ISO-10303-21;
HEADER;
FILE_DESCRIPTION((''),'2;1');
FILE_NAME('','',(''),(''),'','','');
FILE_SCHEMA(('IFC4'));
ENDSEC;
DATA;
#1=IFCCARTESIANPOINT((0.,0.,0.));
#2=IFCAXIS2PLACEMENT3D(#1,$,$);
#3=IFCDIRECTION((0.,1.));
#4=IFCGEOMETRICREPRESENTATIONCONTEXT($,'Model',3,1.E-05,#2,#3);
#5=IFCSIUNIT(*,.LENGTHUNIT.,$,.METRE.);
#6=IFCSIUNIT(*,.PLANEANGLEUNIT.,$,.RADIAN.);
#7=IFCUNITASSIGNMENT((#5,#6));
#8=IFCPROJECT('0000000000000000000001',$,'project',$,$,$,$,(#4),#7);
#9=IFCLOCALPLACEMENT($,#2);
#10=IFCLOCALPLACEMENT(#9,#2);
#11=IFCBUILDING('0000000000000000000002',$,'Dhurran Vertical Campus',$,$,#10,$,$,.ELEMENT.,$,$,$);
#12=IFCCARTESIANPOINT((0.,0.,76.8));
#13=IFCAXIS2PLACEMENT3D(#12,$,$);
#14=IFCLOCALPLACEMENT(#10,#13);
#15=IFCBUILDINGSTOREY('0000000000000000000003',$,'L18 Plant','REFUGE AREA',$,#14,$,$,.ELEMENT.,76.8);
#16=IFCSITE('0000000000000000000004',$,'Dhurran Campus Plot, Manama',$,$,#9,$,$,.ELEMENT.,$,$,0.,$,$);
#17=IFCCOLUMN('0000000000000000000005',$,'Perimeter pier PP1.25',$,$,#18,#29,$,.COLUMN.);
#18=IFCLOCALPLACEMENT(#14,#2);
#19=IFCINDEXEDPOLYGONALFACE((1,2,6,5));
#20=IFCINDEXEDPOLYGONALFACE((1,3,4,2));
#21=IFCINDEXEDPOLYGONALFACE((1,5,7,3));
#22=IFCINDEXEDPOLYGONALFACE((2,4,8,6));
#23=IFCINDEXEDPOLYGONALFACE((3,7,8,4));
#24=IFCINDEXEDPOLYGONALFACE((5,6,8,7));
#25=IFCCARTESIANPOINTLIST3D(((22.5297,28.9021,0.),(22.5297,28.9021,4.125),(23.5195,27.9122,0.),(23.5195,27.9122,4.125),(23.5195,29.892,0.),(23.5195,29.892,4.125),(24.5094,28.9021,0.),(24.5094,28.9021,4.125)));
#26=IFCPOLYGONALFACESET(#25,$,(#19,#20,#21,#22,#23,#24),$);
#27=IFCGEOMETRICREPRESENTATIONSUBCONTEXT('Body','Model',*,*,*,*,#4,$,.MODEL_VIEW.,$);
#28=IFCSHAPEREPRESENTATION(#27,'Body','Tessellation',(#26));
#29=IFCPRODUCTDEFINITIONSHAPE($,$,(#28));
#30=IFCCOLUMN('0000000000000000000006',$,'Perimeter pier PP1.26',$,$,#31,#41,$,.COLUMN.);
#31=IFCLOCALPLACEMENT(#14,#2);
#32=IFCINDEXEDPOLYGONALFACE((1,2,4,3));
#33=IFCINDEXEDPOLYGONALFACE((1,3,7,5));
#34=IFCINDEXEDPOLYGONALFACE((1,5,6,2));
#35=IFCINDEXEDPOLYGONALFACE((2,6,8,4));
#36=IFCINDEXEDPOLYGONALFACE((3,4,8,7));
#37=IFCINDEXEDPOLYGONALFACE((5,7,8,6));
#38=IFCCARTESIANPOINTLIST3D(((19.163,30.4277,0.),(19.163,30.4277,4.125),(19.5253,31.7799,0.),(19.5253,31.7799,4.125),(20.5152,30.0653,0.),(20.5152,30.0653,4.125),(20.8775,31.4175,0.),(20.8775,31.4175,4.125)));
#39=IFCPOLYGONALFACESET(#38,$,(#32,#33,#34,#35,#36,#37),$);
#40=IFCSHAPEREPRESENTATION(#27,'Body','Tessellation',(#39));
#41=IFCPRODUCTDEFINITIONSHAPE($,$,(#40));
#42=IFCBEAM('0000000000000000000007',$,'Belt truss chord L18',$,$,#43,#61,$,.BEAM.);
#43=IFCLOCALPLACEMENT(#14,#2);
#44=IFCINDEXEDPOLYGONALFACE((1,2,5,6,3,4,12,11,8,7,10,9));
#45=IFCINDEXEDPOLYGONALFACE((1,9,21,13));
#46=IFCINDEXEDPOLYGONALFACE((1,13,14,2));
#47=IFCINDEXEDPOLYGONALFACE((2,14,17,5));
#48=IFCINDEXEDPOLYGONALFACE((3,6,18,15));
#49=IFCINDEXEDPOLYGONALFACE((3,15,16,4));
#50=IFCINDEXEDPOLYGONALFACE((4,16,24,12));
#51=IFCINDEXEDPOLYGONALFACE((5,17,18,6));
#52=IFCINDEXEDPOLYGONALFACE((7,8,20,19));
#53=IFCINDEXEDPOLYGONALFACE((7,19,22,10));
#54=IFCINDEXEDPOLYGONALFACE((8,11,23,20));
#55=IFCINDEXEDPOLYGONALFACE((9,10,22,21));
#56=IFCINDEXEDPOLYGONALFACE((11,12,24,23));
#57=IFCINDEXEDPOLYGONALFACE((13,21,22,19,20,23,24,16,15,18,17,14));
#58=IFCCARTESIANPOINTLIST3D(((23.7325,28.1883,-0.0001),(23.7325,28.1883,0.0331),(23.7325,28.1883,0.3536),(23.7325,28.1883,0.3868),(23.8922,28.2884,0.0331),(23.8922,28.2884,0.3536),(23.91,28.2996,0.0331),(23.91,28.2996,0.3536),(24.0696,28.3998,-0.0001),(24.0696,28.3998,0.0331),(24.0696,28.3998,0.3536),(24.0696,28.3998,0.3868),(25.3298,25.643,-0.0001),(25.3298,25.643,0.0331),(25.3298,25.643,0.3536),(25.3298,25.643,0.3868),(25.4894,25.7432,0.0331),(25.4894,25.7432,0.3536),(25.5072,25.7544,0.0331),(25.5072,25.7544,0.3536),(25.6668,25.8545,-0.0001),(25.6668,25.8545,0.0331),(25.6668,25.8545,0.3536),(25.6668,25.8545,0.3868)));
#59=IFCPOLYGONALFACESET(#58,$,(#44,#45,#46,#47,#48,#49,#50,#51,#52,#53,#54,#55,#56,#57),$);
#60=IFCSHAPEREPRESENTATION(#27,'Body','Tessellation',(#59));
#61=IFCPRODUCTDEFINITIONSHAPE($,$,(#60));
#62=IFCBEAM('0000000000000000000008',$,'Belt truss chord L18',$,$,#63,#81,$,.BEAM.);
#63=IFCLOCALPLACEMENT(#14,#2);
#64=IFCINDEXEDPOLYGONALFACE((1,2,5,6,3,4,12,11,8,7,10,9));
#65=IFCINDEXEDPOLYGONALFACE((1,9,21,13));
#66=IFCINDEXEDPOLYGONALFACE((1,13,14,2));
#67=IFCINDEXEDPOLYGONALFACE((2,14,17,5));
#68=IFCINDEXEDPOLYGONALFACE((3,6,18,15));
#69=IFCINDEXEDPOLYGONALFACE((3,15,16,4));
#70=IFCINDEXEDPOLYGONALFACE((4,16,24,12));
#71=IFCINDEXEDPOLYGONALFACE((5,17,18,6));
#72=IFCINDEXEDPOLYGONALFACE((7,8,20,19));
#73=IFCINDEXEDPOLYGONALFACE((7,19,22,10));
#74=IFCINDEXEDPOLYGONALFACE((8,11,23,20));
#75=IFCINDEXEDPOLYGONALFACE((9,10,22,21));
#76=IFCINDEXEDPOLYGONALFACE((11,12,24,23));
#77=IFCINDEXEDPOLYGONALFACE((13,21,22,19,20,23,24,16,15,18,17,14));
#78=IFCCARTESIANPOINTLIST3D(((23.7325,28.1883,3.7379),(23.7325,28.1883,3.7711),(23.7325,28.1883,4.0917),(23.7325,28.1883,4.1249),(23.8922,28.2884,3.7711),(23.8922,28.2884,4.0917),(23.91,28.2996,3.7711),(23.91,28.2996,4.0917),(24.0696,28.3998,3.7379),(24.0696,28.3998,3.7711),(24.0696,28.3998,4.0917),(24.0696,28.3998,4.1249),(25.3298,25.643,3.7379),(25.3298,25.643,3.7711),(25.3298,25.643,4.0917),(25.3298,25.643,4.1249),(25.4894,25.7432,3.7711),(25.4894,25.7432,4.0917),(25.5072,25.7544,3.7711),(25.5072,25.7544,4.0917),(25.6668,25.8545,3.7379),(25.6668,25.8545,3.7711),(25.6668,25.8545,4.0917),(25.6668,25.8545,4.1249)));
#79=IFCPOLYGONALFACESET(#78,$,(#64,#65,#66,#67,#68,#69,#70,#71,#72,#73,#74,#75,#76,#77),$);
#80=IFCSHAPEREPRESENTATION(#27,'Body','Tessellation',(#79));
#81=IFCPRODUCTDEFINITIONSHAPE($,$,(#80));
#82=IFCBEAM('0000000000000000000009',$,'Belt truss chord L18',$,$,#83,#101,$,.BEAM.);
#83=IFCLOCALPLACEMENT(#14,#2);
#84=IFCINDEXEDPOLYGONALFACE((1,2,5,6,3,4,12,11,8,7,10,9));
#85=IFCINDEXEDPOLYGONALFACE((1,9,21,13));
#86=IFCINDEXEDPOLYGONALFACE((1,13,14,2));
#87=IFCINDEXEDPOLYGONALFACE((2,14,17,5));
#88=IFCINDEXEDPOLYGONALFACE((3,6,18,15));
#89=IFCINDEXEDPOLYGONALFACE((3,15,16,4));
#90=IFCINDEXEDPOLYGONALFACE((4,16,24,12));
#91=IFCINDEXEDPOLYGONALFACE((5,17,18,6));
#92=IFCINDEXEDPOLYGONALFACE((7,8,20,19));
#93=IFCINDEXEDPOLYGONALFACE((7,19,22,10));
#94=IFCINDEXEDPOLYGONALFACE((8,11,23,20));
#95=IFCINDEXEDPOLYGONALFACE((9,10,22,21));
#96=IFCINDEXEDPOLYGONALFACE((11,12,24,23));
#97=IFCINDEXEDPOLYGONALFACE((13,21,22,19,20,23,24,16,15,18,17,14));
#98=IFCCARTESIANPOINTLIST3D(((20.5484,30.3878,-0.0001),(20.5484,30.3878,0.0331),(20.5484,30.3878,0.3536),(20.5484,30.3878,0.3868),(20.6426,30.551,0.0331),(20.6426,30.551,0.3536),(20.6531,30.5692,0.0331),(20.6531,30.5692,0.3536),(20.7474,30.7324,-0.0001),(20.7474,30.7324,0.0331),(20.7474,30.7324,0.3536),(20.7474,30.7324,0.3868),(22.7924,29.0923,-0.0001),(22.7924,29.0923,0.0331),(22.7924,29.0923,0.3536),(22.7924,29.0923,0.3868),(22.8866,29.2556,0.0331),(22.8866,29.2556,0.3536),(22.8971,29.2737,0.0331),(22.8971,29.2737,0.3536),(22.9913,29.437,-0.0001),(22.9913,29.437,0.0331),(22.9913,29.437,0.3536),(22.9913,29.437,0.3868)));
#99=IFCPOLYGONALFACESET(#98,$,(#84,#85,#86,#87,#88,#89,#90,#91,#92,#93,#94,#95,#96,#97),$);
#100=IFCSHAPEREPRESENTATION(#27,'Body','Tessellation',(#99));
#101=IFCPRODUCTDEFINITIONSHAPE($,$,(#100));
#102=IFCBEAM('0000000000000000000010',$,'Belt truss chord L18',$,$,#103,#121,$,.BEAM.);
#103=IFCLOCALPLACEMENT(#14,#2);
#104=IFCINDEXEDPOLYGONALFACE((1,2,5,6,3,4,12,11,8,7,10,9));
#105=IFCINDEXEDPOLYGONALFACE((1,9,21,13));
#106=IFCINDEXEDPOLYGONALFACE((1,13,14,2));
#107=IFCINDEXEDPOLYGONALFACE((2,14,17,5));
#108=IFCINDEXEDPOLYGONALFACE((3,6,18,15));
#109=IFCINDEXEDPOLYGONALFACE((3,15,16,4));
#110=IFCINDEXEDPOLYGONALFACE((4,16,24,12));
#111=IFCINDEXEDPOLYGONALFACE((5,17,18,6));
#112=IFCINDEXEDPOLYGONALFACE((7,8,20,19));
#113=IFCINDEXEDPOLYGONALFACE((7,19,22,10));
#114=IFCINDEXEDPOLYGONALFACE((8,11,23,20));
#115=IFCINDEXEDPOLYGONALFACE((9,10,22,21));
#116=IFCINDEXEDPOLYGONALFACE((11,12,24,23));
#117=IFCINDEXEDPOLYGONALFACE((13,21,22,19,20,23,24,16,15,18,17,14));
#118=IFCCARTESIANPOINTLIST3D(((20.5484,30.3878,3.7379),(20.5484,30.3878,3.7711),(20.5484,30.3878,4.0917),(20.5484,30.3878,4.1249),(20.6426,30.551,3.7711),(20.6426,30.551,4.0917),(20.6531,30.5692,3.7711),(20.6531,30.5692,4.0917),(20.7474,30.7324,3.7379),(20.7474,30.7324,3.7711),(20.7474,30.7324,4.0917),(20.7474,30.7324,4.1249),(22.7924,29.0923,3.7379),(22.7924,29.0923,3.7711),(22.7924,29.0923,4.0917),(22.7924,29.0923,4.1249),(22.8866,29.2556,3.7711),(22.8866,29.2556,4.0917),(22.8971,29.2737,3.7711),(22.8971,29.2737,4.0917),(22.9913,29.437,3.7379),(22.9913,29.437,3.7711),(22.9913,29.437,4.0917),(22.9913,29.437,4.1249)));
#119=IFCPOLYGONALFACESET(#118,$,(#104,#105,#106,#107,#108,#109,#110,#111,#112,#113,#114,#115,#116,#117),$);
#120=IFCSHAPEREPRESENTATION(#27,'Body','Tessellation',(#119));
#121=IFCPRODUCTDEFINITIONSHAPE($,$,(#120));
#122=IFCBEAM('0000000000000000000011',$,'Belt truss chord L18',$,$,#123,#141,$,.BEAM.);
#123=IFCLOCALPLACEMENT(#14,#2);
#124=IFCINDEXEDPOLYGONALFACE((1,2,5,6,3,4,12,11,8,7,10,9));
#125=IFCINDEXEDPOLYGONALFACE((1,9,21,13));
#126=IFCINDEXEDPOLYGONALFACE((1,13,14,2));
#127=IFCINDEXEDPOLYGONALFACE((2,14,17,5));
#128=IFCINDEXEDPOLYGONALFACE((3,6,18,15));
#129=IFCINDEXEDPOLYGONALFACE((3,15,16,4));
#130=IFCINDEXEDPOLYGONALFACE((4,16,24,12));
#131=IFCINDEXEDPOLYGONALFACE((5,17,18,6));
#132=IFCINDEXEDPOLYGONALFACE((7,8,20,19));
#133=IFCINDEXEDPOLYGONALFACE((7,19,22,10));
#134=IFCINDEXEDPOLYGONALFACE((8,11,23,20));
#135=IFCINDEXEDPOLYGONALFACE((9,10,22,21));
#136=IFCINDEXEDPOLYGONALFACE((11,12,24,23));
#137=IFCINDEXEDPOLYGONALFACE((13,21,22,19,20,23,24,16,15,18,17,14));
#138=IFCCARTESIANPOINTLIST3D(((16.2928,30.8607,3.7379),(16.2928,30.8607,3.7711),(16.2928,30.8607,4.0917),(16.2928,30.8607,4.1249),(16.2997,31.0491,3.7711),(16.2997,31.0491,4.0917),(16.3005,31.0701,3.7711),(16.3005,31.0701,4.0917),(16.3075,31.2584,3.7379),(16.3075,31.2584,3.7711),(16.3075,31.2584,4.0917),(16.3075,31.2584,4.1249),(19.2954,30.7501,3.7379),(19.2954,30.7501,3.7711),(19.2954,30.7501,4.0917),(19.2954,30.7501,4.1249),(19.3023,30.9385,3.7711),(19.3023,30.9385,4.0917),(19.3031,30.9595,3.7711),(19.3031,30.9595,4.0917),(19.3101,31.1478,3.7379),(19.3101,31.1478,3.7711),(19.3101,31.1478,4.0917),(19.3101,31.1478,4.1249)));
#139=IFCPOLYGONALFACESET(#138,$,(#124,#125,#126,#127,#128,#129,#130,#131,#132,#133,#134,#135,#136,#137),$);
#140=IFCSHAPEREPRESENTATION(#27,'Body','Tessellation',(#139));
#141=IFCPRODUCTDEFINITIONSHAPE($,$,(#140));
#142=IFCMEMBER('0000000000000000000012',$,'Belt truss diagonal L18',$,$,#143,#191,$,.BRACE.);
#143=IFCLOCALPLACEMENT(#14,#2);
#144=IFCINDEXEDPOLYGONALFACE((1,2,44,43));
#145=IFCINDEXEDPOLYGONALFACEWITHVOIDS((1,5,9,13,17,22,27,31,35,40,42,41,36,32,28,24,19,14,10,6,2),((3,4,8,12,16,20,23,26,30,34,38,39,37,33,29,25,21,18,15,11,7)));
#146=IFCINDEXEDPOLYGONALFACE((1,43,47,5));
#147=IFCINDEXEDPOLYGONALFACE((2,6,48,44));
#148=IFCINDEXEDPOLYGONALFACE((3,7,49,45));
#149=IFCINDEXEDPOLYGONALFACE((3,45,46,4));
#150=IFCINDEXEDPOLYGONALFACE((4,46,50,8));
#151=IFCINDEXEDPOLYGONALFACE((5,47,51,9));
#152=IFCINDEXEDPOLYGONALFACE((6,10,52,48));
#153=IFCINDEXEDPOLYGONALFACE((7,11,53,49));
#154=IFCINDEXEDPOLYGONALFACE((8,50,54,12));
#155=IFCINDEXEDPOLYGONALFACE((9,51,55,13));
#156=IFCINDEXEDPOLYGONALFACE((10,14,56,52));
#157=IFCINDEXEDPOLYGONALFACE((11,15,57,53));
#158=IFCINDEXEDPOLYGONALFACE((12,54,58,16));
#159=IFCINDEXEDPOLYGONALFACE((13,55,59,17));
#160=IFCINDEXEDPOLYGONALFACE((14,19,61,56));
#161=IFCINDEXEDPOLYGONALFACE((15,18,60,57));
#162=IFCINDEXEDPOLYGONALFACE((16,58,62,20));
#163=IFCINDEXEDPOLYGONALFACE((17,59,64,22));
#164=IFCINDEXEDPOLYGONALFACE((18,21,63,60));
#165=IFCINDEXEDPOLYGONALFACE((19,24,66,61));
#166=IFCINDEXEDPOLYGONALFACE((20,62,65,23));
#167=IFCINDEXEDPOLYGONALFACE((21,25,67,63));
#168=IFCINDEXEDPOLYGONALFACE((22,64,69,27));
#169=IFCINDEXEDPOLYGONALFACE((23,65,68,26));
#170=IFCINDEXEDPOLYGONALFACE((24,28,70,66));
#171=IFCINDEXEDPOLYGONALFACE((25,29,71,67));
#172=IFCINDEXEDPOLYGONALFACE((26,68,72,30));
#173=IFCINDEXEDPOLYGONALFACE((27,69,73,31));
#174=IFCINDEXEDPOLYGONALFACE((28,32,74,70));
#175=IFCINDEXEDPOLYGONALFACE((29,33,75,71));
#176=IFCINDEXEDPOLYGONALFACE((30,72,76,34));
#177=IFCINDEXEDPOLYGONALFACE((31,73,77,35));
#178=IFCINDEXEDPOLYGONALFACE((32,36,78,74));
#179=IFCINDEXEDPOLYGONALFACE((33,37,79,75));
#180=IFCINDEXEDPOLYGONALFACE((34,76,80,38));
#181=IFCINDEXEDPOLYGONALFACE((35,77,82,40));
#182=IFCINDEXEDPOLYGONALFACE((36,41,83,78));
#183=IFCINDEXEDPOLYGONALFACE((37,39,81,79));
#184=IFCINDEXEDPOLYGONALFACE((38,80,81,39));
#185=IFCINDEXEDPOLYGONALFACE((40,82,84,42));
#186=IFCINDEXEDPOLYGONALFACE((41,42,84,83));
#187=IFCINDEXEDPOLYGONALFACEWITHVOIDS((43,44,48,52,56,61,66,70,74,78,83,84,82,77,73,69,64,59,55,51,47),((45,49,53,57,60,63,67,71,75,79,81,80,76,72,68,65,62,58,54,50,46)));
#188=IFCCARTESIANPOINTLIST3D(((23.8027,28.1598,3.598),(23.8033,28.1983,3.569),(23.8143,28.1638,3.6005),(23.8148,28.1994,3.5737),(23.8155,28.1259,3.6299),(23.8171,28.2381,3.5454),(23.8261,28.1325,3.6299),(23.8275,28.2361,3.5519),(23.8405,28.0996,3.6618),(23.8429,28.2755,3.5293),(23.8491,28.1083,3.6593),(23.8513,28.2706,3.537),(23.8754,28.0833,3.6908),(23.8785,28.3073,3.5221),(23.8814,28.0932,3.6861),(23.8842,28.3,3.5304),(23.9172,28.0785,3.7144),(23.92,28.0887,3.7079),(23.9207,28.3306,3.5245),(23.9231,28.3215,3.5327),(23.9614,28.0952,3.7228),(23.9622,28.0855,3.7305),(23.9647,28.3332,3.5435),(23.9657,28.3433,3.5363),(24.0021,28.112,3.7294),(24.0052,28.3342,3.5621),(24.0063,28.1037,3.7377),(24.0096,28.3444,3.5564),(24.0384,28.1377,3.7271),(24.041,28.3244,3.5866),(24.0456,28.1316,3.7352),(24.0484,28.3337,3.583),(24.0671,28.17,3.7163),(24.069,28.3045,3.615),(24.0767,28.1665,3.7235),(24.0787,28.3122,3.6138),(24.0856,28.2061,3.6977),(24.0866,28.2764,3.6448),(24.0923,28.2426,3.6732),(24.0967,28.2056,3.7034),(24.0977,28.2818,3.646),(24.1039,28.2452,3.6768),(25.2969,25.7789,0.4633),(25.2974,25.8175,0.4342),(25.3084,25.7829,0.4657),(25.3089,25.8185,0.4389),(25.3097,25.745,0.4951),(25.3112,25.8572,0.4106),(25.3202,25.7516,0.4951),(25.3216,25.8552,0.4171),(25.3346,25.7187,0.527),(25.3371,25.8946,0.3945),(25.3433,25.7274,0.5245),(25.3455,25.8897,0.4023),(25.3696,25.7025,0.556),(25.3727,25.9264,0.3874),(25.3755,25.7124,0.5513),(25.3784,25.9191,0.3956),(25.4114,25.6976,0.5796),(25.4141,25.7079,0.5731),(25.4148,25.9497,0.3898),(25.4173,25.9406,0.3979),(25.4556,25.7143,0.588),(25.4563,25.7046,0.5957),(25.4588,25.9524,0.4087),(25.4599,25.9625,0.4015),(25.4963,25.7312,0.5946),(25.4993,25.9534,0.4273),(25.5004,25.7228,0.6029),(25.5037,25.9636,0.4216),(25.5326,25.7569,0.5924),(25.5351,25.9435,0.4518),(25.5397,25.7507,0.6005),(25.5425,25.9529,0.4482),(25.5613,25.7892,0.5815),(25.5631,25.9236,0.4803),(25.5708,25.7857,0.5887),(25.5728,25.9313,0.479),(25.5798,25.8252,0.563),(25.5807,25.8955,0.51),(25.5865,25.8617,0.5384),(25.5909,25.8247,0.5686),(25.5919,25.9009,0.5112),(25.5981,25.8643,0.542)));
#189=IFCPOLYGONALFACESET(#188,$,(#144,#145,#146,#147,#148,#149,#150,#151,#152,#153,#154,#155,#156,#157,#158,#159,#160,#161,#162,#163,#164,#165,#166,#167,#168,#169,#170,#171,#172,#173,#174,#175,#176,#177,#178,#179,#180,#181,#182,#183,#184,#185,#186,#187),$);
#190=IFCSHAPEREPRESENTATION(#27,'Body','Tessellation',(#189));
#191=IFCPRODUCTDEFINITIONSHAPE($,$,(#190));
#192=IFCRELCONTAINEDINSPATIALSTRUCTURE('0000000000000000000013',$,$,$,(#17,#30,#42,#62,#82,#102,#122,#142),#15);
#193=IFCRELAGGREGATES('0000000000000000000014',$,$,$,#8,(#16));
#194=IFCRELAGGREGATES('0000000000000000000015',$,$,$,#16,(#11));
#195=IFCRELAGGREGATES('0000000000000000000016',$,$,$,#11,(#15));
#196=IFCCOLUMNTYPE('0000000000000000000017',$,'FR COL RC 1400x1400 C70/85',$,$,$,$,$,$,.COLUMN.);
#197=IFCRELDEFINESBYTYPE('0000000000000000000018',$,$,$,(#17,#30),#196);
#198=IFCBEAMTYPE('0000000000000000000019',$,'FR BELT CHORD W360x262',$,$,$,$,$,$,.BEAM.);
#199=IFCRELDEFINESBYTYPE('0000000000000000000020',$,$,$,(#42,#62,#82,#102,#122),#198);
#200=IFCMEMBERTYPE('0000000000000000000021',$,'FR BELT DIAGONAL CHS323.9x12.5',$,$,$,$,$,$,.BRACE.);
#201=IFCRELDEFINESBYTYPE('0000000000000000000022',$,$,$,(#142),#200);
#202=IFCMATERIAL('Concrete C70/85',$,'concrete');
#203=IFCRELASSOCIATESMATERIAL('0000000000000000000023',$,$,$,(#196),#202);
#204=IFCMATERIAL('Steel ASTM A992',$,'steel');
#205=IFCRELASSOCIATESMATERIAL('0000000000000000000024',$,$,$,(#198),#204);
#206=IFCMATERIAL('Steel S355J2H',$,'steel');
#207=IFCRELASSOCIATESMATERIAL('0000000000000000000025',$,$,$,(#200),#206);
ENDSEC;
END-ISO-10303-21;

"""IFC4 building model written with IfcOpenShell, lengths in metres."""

from ifc_helpers import new_model, si_unit, direction, frame, origin, origin_2d, place, context, subcontext, project, spatial, rectangle, hollow_circle, i_section, extrude, material, material_profile, profile_set, type_object, element, save


model = new_model("IFC4")

# Units and contexts
model_context = context("Model", 3, precision=1e-05, world=origin(), true_north=direction((0.0, 1.0)))
body_context = subcontext(model_context, "Body", "Model", "MODEL_VIEW")
ifc_project = project(units=[si_unit("LENGTHUNIT", "METRE"), si_unit("PLANEANGLEUNIT", "RADIAN")], contexts=[model_context])

# Site, building, storey
site_placement = place(None, origin())
site = spatial("IfcSite", under=ifc_project, at=site_placement, Name="Dhurran Campus Plot, Manama", CompositionType="ELEMENT", RefElevation=0.0)
building_placement = place(site_placement, origin())
building = spatial("IfcBuilding", under=site, at=building_placement, Name="Dhurran Vertical Campus", CompositionType="ELEMENT")
storey_placement = place(building_placement, frame((0.0, 0.0, 76.8)))
storey = spatial("IfcBuildingStorey", under=building, at=storey_placement, Name="L18 Plant", Description="REFUGE AREA", CompositionType="ELEMENT", Elevation=76.8)

# Columns
ifc_material_1 = material(Name="Concrete C70/85", Category="concrete")
ifc_material_profile_1 = material_profile(ifc_material_1, rectangle(XDim=1.3999, YDim=1.3999, at=origin_2d()), Name="RC 1400x1400")
ifc_profile_set_1 = profile_set([ifc_material_profile_1], Name="Concrete C70/85")
column_type = type_object("IfcColumnType", Name="FR COL RC 1400x1400 C70/85", PredefinedType="COLUMN", material=ifc_profile_set_1)
for number, where, z_axis, x_axis, name in (
    (1, (23.5195, 28.9021, 0.0), (0.0, 0.0, 1.0), (-0.707107, 0.707107, 0.0), "Perimeter pier PP1.25"),
    (2, (20.0203, 30.9226, 0.0), (0.0, 0.0, 1.0), (-0.965926, 0.258819, 0.0), "Perimeter pier PP1.26"),
):
    element("IfcColumn", number, at=place(storey_placement, frame(where, z_axis=z_axis, x_axis=x_axis)), inside=storey, type_object=column_type, Name=name, PredefinedType="COLUMN", context=body_context, shape_type="SweptSolid", body=[
        extrude(rectangle(XDim=1.3999, YDim=1.3999, at=origin_2d()), origin(), (0.0, 0.0, 1.0), 4.125),
    ])

# Beams
ifc_material_2 = material(Name="Steel ASTM A992", Category="steel")
ifc_material_profile_2 = material_profile(ifc_material_2, i_section(OverallWidth=0.3979, OverallDepth=0.387, WebThickness=0.021, FlangeThickness=0.0332, at=origin_2d()), Name="W360x262")
ifc_profile_set_2 = profile_set([ifc_material_profile_2], Name="Steel ASTM A992")
beam_type = type_object("IfcBeamType", Name="FR BELT CHORD W360x262", PredefinedType="BEAM", material=ifc_profile_set_2)
for number, where, z_axis, x_axis, name in (
    (3, (25.4983, 25.7488, 0.1934), (-0.531539, 0.847034, 0.0), (-0.847034, -0.531539, 0.0), "Belt truss chord L18"),
    (4, (25.4983, 25.7488, 3.9314), (-0.531539, 0.847034, 0.0), (-0.847034, -0.531539, 0.0), "Belt truss chord L18"),
):
    element("IfcBeam", number, at=place(storey_placement, frame(where, z_axis=z_axis, x_axis=x_axis)), inside=storey, type_object=beam_type, Name=name, PredefinedType="BEAM", context=body_context, shape_type="SweptSolid", body=[
        extrude(i_section(OverallWidth=0.3979, OverallDepth=0.387, WebThickness=0.021, FlangeThickness=0.0332, at=origin_2d()), origin(), (0.0, 0.0, 1.0), 3.0049),
    ])
for number, where, z_axis, x_axis, name in (
    (5, (22.8918, 29.2646, 0.1934), (-0.866043, 0.49997, 0.0), (-0.49997, -0.866043, 0.0), "Belt truss chord L18"),
    (6, (22.8918, 29.2646, 3.9314), (-0.866043, 0.49997, 0.0), (-0.49997, -0.866043, 0.0), "Belt truss chord L18"),
):
    element("IfcBeam", number, at=place(storey_placement, frame(where, z_axis=z_axis, x_axis=x_axis)), inside=storey, type_object=beam_type, Name=name, PredefinedType="BEAM", context=body_context, shape_type="SweptSolid", body=[
        extrude(i_section(OverallWidth=0.3979, OverallDepth=0.387, WebThickness=0.021, FlangeThickness=0.0332, at=origin_2d()), origin(), (0.0, 0.0, 1.0), 2.5911),
    ])
beam_placement = place(storey_placement, frame((19.3027, 30.949, 3.9314), z_axis=(-0.999322, 0.036807, 0.0), x_axis=(-0.036807, -0.999322, 0.0)))
element("IfcBeam", 7, at=beam_placement, inside=storey, type_object=beam_type, Name="Belt truss chord L18", PredefinedType="BEAM", context=body_context, shape_type="SweptSolid", body=[
    extrude(i_section(OverallWidth=0.3979, OverallDepth=0.387, WebThickness=0.021, FlangeThickness=0.0332, at=origin_2d()), origin(), (0.0, 0.0, 1.0), 3.0046),
])

# Member
ifc_material_3 = material(Name="Steel S355J2H", Category="steel")
ifc_material_profile_3 = material_profile(ifc_material_3, hollow_circle(Radius=0.1619, WallThickness=0.0125, at=origin_2d()), Name="CHS323.9x12.5")
ifc_profile_set_3 = profile_set([ifc_material_profile_3], Name="Steel S355J2H")
member_type = type_object("IfcMemberType", Name="FR BELT DIAGONAL CHS323.9x12.5", PredefinedType="BRACE", material=ifc_profile_set_3)
member_1_placement = place(storey_placement, frame((25.4468, 25.8311, 0.4951), z_axis=(-0.354867, 0.565467, 0.744524), x_axis=(-0.847021, -0.531559, 0.0)))
element("IfcMember", 8, at=member_1_placement, inside=storey, type_object=member_type, Name="Belt truss diagonal L18", PredefinedType="BRACE", context=body_context, shape_type="SweptSolid", body=[
    extrude(hollow_circle(Radius=0.1619, WallThickness=0.0125, at=origin_2d()), origin(), (0.0, 0.0, 1.0), 4.2104),
])

save(model, "model.ifc")
